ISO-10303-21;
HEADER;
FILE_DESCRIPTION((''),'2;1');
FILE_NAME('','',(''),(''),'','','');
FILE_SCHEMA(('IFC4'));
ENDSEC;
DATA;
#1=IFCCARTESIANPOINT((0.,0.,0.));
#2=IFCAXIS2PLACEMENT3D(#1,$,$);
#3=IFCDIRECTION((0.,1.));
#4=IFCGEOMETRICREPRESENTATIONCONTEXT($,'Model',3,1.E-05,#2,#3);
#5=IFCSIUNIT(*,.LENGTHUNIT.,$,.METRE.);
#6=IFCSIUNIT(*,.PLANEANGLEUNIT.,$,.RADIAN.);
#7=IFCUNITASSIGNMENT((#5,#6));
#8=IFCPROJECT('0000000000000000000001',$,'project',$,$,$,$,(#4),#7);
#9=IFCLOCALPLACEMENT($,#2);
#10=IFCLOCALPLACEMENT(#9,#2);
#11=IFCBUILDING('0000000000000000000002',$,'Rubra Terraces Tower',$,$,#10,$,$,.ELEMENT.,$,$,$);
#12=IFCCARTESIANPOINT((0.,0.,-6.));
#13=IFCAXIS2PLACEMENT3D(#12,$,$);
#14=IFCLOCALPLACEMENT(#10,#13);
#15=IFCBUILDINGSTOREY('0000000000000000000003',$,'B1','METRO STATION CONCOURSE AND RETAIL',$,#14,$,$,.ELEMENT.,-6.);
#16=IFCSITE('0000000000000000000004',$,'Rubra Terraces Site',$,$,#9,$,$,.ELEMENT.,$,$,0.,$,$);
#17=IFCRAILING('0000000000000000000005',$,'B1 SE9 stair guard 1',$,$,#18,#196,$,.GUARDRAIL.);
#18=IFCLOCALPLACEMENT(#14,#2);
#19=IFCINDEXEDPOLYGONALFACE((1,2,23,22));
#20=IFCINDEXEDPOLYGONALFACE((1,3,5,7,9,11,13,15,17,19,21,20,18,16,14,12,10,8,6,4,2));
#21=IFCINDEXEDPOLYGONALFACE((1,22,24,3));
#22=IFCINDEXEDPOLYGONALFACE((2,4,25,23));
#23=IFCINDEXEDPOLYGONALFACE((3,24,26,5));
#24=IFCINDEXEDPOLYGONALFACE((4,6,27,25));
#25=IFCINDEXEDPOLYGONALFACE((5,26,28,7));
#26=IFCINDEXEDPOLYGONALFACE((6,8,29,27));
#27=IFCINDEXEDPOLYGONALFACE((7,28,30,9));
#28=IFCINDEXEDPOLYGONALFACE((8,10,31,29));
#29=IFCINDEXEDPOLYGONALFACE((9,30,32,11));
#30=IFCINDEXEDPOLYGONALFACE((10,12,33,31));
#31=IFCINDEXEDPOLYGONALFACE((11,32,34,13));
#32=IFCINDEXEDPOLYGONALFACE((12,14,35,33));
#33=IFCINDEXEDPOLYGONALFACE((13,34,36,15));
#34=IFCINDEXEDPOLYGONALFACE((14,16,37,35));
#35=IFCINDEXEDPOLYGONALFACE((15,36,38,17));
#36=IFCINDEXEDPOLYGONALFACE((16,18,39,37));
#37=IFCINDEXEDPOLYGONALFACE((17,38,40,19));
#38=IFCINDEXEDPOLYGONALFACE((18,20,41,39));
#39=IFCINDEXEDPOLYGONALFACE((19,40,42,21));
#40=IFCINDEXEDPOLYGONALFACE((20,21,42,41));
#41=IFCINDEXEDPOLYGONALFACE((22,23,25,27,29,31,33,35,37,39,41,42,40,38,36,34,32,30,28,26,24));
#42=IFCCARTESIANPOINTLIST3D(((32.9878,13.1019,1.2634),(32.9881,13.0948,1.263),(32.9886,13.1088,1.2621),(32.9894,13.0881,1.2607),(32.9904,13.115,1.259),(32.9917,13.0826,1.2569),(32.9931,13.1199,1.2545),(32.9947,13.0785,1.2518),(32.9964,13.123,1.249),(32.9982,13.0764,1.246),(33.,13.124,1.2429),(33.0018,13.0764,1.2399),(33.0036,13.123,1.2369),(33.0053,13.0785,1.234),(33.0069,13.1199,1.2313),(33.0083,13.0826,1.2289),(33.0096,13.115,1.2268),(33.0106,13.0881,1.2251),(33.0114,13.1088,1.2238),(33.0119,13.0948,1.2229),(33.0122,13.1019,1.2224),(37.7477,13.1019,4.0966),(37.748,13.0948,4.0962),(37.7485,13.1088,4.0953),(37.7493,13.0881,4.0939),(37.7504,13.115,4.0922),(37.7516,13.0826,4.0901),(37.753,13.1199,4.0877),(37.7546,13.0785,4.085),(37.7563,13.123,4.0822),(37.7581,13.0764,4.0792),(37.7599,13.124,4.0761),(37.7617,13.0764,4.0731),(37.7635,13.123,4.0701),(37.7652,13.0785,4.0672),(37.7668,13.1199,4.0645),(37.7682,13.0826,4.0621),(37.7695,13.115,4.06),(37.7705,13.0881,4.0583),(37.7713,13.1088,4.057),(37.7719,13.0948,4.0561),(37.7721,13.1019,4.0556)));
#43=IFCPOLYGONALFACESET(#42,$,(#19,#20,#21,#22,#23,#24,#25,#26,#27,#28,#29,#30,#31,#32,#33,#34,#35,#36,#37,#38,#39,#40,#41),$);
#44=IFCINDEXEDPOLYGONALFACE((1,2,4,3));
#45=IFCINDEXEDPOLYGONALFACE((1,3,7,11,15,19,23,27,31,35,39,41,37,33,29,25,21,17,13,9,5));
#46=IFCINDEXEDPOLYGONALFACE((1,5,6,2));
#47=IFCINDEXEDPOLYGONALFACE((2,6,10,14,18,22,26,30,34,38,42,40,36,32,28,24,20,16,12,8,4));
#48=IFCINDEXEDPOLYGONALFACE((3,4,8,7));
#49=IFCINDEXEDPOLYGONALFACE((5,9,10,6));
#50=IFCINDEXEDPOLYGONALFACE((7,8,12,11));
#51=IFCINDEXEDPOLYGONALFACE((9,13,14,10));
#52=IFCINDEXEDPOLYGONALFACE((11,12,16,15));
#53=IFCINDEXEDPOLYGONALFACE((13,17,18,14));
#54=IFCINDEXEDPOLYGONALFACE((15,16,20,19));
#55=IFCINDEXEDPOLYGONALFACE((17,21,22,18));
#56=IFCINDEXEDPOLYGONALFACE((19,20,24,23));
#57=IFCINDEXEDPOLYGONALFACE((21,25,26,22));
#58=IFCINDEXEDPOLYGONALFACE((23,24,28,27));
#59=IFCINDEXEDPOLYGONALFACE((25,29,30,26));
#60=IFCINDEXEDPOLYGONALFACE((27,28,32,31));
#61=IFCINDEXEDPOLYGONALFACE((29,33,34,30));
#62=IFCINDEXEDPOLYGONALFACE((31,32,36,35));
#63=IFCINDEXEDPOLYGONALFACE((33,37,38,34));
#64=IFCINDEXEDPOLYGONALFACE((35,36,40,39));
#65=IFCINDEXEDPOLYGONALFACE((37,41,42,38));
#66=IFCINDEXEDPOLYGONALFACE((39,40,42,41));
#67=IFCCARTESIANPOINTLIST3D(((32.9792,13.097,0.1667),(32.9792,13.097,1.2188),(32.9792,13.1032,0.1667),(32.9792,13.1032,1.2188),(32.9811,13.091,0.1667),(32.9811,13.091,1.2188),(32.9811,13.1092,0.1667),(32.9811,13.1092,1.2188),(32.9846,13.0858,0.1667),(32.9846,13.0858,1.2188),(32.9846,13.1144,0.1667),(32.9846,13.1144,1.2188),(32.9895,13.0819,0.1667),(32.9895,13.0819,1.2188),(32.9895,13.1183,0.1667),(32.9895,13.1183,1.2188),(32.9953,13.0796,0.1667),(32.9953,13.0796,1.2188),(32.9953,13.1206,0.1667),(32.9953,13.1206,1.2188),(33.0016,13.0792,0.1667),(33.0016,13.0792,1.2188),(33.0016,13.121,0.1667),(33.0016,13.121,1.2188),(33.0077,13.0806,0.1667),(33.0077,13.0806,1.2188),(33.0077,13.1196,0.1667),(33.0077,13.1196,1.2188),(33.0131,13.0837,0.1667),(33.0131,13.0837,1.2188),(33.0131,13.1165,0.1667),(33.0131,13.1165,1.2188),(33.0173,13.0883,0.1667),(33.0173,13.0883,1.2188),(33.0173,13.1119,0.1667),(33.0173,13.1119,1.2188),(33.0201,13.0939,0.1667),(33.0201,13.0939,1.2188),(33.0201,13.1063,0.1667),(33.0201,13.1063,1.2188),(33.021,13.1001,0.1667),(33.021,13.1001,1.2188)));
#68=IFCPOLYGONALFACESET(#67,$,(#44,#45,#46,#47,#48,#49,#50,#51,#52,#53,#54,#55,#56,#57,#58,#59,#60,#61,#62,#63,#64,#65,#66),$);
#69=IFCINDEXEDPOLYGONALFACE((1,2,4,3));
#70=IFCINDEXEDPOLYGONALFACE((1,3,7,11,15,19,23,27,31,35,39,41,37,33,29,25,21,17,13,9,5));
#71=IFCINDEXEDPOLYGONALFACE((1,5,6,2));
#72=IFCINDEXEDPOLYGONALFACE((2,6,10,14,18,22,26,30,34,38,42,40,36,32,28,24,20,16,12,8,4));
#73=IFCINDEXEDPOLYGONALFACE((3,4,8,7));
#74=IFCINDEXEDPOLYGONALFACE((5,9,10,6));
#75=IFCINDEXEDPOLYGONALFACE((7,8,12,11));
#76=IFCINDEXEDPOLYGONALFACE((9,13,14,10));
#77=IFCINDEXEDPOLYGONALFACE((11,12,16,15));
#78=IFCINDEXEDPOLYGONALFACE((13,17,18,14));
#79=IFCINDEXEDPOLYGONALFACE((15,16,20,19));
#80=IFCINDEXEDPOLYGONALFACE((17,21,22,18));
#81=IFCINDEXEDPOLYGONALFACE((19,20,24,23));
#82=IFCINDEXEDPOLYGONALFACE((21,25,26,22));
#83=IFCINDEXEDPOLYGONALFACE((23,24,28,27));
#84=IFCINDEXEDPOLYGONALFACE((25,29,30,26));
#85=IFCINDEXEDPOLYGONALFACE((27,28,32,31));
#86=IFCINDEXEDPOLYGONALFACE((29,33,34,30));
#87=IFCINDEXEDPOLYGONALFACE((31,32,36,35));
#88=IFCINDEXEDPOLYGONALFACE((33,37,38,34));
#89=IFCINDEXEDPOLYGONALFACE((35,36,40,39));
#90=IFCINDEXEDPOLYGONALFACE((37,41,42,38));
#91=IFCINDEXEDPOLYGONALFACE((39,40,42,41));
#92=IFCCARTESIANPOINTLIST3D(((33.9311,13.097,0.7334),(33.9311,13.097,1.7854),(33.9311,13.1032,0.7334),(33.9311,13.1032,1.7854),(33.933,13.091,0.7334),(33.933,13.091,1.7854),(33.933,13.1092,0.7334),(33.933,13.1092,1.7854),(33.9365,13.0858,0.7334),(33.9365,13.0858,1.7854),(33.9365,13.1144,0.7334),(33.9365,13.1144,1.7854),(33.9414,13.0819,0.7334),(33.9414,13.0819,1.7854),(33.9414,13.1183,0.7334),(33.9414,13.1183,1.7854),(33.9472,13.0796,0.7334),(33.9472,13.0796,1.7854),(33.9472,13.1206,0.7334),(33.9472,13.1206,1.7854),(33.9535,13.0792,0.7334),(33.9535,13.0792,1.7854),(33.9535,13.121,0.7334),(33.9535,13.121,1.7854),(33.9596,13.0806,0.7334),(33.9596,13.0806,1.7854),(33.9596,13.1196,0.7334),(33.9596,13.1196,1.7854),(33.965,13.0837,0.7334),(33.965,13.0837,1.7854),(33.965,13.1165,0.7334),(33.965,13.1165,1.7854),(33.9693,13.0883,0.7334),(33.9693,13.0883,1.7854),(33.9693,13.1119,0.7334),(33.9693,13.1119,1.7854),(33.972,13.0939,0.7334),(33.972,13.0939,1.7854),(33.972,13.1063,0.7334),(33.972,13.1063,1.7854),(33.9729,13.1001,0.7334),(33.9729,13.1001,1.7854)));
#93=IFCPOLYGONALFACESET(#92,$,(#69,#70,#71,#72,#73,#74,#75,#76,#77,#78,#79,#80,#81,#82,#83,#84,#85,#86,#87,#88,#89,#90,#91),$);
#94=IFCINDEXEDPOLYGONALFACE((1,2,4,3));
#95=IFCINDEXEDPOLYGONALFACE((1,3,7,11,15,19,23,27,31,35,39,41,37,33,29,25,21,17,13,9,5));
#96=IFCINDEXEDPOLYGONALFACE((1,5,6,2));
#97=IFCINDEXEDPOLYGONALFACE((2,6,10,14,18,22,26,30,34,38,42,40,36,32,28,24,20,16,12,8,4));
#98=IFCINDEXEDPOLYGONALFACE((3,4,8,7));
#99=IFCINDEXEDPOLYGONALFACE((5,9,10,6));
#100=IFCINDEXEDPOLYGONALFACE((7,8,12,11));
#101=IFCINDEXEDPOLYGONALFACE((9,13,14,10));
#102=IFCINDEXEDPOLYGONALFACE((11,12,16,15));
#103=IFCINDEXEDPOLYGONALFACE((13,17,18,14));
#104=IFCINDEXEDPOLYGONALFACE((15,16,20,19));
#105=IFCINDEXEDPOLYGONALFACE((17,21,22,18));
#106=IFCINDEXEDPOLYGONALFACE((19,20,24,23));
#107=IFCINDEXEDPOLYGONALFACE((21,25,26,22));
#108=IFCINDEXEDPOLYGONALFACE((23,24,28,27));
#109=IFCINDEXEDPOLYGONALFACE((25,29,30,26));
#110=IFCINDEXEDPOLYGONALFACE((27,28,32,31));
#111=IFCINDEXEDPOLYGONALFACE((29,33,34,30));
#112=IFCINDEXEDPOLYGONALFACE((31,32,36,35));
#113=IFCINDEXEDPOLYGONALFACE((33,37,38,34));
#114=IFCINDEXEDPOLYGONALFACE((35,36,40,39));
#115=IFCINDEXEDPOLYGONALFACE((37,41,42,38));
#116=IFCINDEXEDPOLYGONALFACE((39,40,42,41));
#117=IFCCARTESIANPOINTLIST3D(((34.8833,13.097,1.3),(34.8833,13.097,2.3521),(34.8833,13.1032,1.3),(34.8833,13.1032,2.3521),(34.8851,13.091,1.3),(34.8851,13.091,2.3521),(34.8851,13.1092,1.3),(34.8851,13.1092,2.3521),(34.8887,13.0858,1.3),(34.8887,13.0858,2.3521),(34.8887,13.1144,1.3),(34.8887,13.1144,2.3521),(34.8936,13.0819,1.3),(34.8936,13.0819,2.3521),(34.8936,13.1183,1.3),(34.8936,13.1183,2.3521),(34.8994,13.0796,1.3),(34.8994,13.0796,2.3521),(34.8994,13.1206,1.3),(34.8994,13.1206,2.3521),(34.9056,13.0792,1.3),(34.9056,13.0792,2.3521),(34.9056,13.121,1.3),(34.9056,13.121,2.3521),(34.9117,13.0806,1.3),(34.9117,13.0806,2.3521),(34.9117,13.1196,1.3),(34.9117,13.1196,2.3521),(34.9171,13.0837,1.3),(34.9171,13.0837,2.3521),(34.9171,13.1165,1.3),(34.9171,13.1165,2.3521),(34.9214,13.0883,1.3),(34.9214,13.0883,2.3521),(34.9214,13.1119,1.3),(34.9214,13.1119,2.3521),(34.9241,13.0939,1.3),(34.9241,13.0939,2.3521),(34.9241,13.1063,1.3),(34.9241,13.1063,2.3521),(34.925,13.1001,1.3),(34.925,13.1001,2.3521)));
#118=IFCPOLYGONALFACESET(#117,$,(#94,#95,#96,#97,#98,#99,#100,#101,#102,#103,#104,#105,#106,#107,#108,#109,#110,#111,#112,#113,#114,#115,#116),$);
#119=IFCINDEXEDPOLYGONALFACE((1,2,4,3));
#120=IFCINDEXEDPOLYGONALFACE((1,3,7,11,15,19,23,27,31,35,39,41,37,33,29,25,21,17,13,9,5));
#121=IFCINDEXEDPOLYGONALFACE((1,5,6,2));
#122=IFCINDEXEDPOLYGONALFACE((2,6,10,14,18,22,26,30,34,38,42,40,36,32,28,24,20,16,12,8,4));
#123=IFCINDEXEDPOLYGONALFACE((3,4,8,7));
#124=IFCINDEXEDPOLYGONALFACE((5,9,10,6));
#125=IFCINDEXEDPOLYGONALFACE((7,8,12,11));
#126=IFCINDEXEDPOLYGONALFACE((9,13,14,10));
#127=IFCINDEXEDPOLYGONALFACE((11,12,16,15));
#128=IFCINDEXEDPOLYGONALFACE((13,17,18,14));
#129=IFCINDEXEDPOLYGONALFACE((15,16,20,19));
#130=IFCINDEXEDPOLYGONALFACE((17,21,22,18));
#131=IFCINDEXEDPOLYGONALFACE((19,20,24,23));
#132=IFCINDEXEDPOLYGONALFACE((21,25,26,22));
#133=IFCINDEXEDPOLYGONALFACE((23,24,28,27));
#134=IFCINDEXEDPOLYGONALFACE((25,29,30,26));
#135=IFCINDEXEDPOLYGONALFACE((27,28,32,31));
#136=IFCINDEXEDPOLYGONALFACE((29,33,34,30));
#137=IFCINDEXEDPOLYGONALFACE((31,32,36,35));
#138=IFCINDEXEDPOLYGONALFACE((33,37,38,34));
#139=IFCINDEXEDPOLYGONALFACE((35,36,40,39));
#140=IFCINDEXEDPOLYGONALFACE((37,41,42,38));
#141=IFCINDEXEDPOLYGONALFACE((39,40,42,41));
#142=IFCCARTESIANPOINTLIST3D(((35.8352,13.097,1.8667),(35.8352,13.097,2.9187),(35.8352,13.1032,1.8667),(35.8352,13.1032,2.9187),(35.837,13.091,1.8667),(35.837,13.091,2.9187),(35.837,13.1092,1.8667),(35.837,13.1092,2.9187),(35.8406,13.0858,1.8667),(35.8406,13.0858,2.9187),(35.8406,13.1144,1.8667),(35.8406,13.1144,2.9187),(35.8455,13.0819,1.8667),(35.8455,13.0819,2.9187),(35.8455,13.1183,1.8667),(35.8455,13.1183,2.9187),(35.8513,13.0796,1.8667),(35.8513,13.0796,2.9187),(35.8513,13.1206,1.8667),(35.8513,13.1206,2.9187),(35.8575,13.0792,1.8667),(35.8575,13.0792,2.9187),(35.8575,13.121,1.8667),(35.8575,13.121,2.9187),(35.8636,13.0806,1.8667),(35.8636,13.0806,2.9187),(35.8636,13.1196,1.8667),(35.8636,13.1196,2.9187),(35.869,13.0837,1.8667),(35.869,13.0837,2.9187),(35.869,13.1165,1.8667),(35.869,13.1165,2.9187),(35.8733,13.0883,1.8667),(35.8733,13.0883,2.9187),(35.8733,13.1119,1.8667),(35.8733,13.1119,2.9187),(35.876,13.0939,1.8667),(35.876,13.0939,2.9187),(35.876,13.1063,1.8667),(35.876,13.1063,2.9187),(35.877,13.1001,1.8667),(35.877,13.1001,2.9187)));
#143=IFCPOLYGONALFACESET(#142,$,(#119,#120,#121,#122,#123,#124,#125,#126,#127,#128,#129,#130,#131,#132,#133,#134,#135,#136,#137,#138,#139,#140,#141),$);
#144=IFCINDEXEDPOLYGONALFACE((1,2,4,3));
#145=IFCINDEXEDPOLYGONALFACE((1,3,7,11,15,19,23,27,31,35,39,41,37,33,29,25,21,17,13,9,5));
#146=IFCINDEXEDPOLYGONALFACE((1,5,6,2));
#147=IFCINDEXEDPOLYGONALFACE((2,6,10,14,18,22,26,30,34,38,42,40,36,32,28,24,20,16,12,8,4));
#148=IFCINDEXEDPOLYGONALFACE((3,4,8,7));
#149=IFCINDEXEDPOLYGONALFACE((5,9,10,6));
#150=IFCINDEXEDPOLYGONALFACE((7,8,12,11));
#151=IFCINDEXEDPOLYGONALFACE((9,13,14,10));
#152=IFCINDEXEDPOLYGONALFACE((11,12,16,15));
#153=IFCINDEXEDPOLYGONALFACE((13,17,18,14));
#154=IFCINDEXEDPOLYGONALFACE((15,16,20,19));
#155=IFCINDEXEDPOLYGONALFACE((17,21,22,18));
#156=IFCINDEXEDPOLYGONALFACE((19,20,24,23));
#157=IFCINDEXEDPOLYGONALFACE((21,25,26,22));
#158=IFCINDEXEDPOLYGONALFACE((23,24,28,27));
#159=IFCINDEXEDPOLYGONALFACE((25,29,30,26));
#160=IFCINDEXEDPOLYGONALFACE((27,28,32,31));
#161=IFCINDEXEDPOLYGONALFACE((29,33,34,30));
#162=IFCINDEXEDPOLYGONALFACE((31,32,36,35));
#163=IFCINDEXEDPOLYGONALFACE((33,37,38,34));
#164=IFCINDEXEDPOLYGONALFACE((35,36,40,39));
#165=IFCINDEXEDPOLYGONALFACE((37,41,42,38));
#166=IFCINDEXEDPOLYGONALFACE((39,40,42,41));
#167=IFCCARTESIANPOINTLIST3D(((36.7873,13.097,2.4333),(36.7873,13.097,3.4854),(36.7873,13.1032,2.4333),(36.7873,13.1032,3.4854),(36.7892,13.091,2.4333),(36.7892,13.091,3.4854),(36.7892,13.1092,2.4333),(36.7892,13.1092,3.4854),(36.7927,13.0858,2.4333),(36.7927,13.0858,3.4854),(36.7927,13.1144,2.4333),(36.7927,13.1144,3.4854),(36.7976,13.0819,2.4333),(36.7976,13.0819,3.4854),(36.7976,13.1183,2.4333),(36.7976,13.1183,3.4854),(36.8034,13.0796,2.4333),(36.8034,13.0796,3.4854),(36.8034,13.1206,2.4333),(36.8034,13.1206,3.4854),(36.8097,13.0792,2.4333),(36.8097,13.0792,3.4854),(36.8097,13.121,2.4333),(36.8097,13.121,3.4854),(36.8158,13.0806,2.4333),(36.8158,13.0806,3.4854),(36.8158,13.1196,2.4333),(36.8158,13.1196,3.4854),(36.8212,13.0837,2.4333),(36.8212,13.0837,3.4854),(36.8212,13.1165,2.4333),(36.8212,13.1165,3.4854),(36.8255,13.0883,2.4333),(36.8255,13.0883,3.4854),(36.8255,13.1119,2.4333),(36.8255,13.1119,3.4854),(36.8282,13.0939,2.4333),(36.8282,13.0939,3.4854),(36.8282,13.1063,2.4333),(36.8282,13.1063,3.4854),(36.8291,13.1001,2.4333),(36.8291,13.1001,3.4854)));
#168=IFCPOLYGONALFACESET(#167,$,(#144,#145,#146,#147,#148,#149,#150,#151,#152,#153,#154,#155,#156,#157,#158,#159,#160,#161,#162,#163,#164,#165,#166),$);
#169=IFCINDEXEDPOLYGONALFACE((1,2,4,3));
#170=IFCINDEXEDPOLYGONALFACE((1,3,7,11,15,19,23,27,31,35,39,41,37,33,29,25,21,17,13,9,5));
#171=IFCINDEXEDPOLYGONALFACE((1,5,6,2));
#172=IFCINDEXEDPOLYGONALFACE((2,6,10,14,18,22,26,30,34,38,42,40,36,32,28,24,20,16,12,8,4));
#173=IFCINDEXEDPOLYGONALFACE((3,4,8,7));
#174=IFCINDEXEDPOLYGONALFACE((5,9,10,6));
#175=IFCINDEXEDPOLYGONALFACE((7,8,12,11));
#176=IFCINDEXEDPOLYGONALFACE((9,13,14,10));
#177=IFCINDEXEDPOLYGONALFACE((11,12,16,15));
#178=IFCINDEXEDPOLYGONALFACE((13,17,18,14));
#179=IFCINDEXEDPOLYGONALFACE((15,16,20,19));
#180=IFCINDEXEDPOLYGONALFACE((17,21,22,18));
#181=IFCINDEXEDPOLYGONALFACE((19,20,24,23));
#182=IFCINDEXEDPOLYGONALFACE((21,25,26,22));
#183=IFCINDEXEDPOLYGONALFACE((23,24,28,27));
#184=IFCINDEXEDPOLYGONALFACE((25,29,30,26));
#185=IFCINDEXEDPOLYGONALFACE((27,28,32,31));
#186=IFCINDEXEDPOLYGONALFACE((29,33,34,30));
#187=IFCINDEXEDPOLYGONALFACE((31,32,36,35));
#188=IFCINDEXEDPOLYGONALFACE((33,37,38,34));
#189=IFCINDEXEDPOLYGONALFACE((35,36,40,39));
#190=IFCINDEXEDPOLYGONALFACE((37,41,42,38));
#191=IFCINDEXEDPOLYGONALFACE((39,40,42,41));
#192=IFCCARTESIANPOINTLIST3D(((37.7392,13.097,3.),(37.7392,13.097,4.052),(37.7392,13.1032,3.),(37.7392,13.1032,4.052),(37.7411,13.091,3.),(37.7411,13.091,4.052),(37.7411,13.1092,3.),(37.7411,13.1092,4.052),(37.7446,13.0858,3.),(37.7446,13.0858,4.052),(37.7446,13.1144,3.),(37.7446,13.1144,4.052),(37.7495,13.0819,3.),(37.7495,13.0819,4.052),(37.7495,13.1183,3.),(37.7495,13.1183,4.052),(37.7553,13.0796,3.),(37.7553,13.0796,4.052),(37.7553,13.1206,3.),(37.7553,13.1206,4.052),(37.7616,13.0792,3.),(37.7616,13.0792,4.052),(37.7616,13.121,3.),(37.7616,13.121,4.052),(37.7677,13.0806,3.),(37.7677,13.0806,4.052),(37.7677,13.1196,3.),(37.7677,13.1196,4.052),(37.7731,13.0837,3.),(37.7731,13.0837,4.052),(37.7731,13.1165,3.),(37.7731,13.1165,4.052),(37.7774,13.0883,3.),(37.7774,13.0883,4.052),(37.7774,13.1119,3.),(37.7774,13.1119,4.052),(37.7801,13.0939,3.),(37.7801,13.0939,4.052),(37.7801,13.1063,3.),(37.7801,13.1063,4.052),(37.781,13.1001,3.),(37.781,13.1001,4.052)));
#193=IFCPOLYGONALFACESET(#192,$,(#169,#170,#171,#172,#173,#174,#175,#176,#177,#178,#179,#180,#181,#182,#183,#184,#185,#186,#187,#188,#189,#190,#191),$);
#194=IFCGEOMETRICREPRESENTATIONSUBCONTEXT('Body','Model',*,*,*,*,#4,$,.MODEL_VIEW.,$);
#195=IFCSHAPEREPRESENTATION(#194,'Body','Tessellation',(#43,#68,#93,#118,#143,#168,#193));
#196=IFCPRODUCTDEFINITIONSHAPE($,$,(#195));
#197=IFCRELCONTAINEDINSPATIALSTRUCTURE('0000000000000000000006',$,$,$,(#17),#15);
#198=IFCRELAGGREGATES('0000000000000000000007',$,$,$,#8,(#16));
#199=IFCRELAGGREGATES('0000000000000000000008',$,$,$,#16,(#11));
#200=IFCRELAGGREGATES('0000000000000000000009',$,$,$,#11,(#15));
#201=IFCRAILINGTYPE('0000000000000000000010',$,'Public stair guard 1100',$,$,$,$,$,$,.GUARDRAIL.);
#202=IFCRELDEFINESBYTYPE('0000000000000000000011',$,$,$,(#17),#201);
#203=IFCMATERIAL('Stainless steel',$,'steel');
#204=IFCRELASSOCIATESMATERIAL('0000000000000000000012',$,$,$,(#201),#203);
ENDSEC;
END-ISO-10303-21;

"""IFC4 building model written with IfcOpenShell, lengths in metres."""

from ifc_helpers import new_model, si_unit, direction, frame, origin, origin_2d, place, context, subcontext, project, spatial, circle, extrude, material, type_object, element, save


model = new_model("IFC4")

# Units and contexts
model_context = context("Model", 3, precision=1e-05, world=origin(), true_north=direction((0.0, 1.0)))
body_context = subcontext(model_context, "Body", "Model", "MODEL_VIEW")
ifc_project = project(units=[si_unit("LENGTHUNIT", "METRE"), si_unit("PLANEANGLEUNIT", "RADIAN")], contexts=[model_context])

# Site, building, storey
site_placement = place(None, origin())
site = spatial("IfcSite", under=ifc_project, at=site_placement, Name="Rubra Terraces Site", CompositionType="ELEMENT", RefElevation=0.0)
building_placement = place(site_placement, origin())
building = spatial("IfcBuilding", under=site, at=building_placement, Name="Rubra Terraces Tower", CompositionType="ELEMENT")
storey_placement = place(building_placement, frame((0.0, 0.0, -6.0)))
storey = spatial("IfcBuildingStorey", under=building, at=storey_placement, Name="B1", Description="METRO STATION CONCOURSE AND RETAIL", CompositionType="ELEMENT", Elevation=-6.0)

# Railing
ifc_material_1 = material(Name="Stainless steel", Category="steel")
railing_type_1 = type_object("IfcRailingType", Name="Public stair guard 1100", PredefinedType="GUARDRAIL", material=ifc_material_1)
railing_1_placement = place(storey_placement, frame((33.0, 13.1001, 0.1667)))
element("IfcRailing", 1, at=railing_1_placement, inside=storey, type_object=railing_type_1, Name="B1 SE9 stair guard 1", PredefinedType="GUARDRAIL", context=body_context, shape_type="SweptSolid", body=[
    extrude(circle(Radius=0.0239, at=origin_2d()), frame((0.0, 0.0, 1.0762), z_axis=(0.8593, 0.0, 0.511472), x_axis=(0.0, 1.0, 0.0)), (0.0, 0.0, 1.0), 5.5393),
    extrude(circle(Radius=0.021, at=origin_2d()), origin(), (0.0, 0.0, 1.0), 1.052),
    extrude(circle(Radius=0.021, at=origin_2d()), frame((0.9519, 0.0, 0.5667)), (0.0, 0.0, 1.0), 1.052),
    extrude(circle(Radius=0.021, at=origin_2d()), frame((1.9041, 0.0, 1.1333)), (0.0, 0.0, 1.0), 1.052),
    extrude(circle(Radius=0.021, at=origin_2d()), frame((2.856, 0.0, 1.7)), (0.0, 0.0, 1.0), 1.052),
    extrude(circle(Radius=0.021, at=origin_2d()), frame((3.8081, 0.0, 2.2666)), (0.0, 0.0, 1.0), 1.052),
    extrude(circle(Radius=0.021, at=origin_2d()), frame((4.76, 0.0, 2.8333)), (0.0, 0.0, 1.0), 1.052),
])

save(model, "model.ifc")
